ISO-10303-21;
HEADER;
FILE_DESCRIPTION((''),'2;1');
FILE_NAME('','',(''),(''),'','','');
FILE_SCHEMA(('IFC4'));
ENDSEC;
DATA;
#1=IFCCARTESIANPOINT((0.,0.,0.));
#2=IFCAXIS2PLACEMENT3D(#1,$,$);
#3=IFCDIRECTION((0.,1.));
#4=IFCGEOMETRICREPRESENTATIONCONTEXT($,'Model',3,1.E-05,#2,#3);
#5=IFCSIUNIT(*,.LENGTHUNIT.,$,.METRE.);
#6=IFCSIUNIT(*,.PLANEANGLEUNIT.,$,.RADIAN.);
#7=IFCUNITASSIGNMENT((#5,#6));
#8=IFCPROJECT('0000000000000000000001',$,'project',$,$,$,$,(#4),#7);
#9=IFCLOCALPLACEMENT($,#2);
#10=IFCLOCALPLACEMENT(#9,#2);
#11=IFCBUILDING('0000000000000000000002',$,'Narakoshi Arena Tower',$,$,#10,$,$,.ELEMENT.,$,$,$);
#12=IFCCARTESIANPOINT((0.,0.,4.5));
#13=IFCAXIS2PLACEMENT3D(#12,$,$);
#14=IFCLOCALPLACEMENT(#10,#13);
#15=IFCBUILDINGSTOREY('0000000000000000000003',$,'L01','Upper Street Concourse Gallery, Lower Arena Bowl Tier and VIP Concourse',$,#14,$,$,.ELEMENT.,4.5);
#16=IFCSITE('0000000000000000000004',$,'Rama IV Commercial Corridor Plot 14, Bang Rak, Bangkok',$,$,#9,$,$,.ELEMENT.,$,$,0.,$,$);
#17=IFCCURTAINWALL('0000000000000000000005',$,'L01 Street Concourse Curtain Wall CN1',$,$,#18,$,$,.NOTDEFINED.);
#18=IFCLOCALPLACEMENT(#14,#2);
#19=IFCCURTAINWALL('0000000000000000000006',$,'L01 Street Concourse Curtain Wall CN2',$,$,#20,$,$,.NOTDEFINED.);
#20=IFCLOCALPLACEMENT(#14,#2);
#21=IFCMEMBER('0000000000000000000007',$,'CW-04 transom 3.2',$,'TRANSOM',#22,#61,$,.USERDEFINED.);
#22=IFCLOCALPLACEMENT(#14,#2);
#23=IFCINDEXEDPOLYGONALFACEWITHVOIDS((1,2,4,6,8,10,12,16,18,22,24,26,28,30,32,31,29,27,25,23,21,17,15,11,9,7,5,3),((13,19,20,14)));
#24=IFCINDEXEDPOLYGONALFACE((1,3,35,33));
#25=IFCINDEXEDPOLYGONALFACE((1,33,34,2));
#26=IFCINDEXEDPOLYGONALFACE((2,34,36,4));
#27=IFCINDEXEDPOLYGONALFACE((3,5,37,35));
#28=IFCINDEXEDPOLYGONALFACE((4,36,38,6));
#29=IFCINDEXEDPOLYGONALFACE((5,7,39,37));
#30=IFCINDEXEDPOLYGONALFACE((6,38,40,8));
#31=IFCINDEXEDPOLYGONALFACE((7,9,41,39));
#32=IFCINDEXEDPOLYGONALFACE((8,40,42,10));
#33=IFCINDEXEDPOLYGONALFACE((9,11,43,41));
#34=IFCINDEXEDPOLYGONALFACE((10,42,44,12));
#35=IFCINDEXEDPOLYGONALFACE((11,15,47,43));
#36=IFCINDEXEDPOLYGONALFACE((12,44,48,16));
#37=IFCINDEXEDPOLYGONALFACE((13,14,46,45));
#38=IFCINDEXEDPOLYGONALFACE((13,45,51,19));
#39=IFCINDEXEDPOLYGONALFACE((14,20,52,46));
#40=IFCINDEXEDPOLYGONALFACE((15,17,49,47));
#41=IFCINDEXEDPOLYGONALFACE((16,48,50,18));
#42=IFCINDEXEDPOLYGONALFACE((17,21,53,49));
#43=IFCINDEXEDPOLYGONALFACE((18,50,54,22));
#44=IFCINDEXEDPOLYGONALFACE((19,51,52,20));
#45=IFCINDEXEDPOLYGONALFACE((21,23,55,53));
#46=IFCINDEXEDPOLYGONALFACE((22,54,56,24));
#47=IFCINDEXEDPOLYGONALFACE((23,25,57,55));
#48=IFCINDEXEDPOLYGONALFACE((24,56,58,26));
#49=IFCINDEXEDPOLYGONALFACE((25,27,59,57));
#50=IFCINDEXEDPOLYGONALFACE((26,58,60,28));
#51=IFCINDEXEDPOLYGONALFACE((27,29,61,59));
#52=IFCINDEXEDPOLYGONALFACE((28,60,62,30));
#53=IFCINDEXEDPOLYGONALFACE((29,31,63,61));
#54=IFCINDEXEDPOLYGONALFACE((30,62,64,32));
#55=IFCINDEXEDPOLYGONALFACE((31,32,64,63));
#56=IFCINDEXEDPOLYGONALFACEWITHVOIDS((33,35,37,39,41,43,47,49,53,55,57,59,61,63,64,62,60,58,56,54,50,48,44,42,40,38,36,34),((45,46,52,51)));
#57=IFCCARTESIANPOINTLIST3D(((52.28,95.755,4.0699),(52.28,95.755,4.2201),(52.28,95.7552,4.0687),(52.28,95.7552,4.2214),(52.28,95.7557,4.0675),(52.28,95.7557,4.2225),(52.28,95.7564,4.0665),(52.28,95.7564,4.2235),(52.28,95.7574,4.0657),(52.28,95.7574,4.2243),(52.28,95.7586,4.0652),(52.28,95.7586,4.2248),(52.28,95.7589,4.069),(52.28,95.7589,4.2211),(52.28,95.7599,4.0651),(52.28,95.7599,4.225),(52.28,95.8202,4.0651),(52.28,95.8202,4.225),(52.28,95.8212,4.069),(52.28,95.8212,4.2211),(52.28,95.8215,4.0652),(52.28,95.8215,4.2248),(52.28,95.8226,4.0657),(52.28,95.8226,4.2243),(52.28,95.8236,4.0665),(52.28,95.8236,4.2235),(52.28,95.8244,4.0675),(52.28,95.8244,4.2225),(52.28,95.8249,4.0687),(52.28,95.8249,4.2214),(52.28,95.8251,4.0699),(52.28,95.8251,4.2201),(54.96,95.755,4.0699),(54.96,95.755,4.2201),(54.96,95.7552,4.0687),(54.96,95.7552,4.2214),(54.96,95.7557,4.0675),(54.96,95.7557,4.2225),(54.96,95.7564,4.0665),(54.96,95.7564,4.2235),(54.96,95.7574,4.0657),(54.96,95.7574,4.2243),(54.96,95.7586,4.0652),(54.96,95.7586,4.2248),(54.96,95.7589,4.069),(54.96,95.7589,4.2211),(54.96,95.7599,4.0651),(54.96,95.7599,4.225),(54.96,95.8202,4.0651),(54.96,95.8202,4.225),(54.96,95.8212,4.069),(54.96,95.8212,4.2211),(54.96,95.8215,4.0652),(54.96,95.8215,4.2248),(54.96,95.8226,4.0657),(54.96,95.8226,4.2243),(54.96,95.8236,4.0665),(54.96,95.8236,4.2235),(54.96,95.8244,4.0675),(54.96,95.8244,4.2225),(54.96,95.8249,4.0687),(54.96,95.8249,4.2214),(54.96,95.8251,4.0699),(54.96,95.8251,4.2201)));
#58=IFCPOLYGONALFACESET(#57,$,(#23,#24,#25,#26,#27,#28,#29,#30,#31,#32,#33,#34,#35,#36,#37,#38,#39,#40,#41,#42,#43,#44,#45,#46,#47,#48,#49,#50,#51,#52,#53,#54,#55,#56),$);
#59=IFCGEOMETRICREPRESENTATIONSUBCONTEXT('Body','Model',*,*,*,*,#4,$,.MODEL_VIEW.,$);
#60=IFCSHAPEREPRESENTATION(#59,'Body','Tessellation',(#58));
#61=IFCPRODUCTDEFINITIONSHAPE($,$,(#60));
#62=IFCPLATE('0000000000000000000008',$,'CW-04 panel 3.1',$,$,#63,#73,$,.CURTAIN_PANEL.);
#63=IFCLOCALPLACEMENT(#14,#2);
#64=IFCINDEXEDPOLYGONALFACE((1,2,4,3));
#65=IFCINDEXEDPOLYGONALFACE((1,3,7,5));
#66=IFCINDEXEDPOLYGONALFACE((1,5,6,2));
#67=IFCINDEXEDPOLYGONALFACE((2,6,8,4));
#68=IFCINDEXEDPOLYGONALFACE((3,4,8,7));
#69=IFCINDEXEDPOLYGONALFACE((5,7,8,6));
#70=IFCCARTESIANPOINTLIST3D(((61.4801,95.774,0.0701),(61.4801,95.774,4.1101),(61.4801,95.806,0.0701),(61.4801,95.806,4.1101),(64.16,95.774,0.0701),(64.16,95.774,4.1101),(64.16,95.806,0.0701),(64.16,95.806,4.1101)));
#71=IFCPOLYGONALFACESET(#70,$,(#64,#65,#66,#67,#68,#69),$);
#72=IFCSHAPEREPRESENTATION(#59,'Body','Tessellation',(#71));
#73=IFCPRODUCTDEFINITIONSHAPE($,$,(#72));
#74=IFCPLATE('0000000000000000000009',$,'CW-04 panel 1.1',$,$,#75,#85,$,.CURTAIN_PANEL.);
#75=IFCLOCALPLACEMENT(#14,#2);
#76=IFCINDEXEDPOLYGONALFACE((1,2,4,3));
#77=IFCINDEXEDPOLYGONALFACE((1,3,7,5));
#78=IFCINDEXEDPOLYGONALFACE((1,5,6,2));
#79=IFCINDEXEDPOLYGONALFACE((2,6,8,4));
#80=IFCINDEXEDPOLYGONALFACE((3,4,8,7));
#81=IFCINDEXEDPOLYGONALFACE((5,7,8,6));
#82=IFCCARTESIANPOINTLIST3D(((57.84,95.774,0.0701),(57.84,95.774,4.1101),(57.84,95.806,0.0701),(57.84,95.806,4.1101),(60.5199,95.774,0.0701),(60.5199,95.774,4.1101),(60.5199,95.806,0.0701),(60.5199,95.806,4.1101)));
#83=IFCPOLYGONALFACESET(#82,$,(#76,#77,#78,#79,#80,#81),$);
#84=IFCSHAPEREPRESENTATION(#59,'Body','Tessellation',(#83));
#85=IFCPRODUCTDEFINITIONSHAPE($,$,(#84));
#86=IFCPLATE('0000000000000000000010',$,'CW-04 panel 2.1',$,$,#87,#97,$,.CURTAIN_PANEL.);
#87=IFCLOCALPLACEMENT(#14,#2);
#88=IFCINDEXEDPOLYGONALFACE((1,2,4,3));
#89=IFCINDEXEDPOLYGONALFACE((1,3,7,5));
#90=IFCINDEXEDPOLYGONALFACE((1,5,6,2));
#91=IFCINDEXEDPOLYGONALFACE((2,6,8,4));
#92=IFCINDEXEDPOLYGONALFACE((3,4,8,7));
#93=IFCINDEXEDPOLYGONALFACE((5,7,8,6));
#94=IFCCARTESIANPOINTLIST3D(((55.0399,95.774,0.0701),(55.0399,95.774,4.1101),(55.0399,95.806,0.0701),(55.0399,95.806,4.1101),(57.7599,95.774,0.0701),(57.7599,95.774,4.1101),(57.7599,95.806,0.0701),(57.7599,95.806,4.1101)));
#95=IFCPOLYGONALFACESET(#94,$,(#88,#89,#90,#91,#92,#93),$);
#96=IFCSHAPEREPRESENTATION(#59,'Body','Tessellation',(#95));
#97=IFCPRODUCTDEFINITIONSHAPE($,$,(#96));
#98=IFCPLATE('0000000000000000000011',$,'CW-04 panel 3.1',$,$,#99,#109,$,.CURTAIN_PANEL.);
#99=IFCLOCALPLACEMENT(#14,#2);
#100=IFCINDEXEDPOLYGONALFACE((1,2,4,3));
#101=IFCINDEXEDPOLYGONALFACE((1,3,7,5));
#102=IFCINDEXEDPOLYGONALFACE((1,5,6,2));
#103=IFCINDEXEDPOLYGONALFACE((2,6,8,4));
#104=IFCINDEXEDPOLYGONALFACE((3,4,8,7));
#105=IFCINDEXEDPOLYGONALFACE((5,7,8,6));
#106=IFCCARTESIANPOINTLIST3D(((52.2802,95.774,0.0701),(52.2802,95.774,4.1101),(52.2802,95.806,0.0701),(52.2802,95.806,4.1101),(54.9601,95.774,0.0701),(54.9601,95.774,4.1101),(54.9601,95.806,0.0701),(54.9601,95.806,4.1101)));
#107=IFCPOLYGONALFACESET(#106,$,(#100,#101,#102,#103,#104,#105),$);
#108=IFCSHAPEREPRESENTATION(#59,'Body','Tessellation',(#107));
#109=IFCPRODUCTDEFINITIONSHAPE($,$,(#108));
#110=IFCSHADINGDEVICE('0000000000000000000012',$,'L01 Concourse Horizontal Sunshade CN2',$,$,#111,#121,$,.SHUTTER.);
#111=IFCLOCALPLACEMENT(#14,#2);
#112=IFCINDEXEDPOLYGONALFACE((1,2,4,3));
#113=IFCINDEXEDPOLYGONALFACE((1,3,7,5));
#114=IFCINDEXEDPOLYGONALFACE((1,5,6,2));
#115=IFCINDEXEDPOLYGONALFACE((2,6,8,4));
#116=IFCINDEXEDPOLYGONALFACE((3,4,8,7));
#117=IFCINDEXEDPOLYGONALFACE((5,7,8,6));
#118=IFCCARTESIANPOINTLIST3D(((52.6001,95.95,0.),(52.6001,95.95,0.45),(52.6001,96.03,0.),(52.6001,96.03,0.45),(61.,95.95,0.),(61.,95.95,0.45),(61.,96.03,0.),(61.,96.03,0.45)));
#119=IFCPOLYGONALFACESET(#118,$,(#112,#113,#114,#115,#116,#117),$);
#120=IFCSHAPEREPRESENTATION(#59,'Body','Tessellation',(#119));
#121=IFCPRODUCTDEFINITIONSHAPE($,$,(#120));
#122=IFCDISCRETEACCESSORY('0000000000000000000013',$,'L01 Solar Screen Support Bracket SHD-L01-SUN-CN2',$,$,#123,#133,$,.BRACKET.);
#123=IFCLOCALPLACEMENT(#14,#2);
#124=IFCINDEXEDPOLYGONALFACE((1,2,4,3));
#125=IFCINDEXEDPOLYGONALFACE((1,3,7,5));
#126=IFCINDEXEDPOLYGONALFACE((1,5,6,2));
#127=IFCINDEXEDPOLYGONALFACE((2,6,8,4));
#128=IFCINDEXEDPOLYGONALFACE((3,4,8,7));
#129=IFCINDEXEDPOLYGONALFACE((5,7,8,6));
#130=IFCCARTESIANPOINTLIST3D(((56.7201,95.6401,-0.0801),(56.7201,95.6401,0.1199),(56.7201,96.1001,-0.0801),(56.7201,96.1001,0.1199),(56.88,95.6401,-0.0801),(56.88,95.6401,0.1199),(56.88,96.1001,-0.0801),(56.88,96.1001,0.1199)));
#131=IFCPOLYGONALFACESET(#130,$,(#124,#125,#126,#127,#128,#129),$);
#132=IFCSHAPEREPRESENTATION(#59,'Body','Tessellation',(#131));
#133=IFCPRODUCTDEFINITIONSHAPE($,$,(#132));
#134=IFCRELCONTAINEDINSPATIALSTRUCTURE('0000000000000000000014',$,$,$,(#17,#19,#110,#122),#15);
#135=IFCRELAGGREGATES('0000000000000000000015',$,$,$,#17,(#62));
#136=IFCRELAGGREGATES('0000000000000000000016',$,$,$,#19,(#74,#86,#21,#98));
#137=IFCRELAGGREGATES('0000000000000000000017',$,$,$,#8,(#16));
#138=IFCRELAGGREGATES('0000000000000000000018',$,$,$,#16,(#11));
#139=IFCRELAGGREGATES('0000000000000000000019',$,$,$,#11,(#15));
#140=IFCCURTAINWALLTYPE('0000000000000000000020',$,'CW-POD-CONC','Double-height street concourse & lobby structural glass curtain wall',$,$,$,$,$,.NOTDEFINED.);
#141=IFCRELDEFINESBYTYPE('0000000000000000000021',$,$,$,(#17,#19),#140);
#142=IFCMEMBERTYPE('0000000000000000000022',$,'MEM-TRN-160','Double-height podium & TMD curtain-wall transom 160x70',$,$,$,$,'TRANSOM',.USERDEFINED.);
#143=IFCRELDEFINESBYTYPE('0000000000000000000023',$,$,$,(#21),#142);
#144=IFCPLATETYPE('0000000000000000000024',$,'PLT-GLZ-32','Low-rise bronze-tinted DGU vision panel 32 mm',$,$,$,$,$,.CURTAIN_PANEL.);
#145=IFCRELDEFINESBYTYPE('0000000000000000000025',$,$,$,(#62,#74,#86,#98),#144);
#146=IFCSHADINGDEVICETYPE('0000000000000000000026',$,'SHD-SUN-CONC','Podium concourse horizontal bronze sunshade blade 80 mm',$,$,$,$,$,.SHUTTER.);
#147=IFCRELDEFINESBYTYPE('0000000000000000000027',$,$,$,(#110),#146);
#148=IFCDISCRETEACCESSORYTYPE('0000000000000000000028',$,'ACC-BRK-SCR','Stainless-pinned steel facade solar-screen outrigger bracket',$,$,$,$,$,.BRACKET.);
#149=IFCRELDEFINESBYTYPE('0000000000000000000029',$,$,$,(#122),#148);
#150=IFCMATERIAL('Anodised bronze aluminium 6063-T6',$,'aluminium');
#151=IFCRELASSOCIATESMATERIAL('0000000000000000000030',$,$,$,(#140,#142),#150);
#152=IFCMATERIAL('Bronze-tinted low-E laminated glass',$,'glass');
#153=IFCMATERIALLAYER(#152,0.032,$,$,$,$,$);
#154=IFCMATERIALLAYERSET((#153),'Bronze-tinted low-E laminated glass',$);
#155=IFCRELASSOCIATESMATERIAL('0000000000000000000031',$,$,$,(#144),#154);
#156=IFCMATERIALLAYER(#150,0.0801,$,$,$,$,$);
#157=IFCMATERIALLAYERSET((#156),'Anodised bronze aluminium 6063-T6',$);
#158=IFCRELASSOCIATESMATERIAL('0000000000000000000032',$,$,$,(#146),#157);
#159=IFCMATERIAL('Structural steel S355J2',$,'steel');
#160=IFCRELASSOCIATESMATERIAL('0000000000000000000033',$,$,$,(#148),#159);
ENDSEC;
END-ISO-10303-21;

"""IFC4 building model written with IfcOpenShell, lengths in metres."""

from ifc_helpers import new_model, si_unit, direction, frame, origin, origin_2d, place, context, subcontext, project, spatial, rectangle, hollow_rectangle, extrude, material, layer, layer_set, material_profile, profile_set, type_object, element, aggregate, save


model = new_model("IFC4")

# Units and contexts
model_context = context("Model", 3, precision=1e-05, world=origin(), true_north=direction((0.0, 1.0)))
body_context = subcontext(model_context, "Body", "Model", "MODEL_VIEW")
ifc_project = project(units=[si_unit("LENGTHUNIT", "METRE"), si_unit("PLANEANGLEUNIT", "RADIAN")], contexts=[model_context])

# Site, building, storey
site_placement = place(None, origin())
site = spatial("IfcSite", under=ifc_project, at=site_placement, Name="Rama IV Commercial Corridor Plot 14, Bang Rak, Bangkok", CompositionType="ELEMENT", RefElevation=0.0)
building_placement = place(site_placement, origin())
building = spatial("IfcBuilding", under=site, at=building_placement, Name="Narakoshi Arena Tower", CompositionType="ELEMENT")
storey_placement = place(building_placement, frame((0.0, 0.0, 4.5)))
storey = spatial("IfcBuildingStorey", under=building, at=storey_placement, Name="L01", Description="Upper Street Concourse Gallery, Lower Arena Bowl Tier and VIP Concourse", CompositionType="ELEMENT", Elevation=4.5)

# Shared definitions
ifc_material_1 = material(Name="Structural steel S355J2", Category="steel")

# Curtain wall
ifc_material_2 = material(Name="Anodised bronze aluminium 6063-T6", Category="aluminium")
curtain_wall_type = type_object("IfcCurtainWallType", Name="CW-POD-CONC", Description="Double-height street concourse & lobby structural glass curtain wall", PredefinedType="NOTDEFINED", material=ifc_material_2)
curtain_wall_1_placement = place(storey_placement, origin())
curtain_wall_1 = element("IfcCurtainWall", 1, at=curtain_wall_1_placement, inside=storey, type_object=curtain_wall_type, Name="L01 Street Concourse Curtain Wall CN1", PredefinedType="NOTDEFINED")

# Curtain wall
curtain_wall_2_placement = place(storey_placement, origin())
curtain_wall_2 = element("IfcCurtainWall", 2, at=curtain_wall_2_placement, inside=storey, type_object=curtain_wall_type, Name="L01 Street Concourse Curtain Wall CN2", PredefinedType="NOTDEFINED")

# Member
ifc_material_profile_1 = material_profile(ifc_material_2, hollow_rectangle(XDim=0.0701, YDim=0.1599, WallThickness=0.0039, OuterFilletRadius=0.0049, at=origin_2d()), Name="TRN160x70x4")
ifc_profile_set_1 = profile_set([ifc_material_profile_1], Name="Anodised bronze aluminium 6063-T6")
member_type_1 = type_object("IfcMemberType", Name="MEM-TRN-160", Description="Double-height podium & TMD curtain-wall transom 160x70", ElementType="TRANSOM", PredefinedType="USERDEFINED", material=ifc_profile_set_1)
member_1_placement = place(storey_placement, frame((54.96, 95.79, 4.145), z_axis=(-1.0, 0.0, 0.0), x_axis=(0.0, -1.0, 0.0)))
member_1 = element("IfcMember", 3, at=member_1_placement, type_object=member_type_1, Name="CW-04 transom 3.2", ObjectType="TRANSOM", PredefinedType="USERDEFINED", context=body_context, shape_type="SweptSolid", body=[
    extrude(hollow_rectangle(XDim=0.0701, YDim=0.1599, WallThickness=0.0039, OuterFilletRadius=0.0049, at=origin_2d()), origin(), (0.0, 0.0, 1.0), 2.6799),
])

# Plates
ifc_material_3 = material(Name="Bronze-tinted low-E laminated glass", Category="glass")
ifc_layer_1 = layer(ifc_material_3, 0.032)
ifc_layer_set_1 = layer_set([ifc_layer_1], Name="Bronze-tinted low-E laminated glass")
plate_type = type_object("IfcPlateType", Name="PLT-GLZ-32", Description="Low-rise bronze-tinted DGU vision panel 32 mm", PredefinedType="CURTAIN_PANEL", material=ifc_layer_set_1)
plate_1_placement = place(storey_placement, frame((62.8201, 95.79, 0.0701), z_axis=(0.0, 0.0, 1.0), x_axis=(-1.0, 0.0, 0.0)))
plate_1 = element("IfcPlate", 4, at=plate_1_placement, type_object=plate_type, Name="CW-04 panel 3.1", PredefinedType="CURTAIN_PANEL", context=body_context, shape_type="SweptSolid", body=[
    extrude(rectangle(XDim=2.6799, YDim=0.032, at=origin_2d()), origin(), (0.0, 0.0, 1.0), 4.04),
])
aggregate(curtain_wall_1, [plate_1])
plate_2_placement = place(storey_placement, frame((59.1799, 95.79, 0.0701), z_axis=(0.0, 0.0, 1.0), x_axis=(-1.0, 0.0, 0.0)))
plate_2 = element("IfcPlate", 5, at=plate_2_placement, type_object=plate_type, Name="CW-04 panel 1.1", PredefinedType="CURTAIN_PANEL", context=body_context, shape_type="SweptSolid", body=[
    extrude(rectangle(XDim=2.6799, YDim=0.032, at=origin_2d()), origin(), (0.0, 0.0, 1.0), 4.04),
])
plate_3_placement = place(storey_placement, frame((56.3999, 95.79, 0.0701), z_axis=(0.0, 0.0, 1.0), x_axis=(-1.0, 0.0, 0.0)))
plate_3 = element("IfcPlate", 6, at=plate_3_placement, type_object=plate_type, Name="CW-04 panel 2.1", PredefinedType="CURTAIN_PANEL", context=body_context, shape_type="SweptSolid", body=[
    extrude(rectangle(XDim=2.72, YDim=0.032, at=origin_2d()), origin(), (0.0, 0.0, 1.0), 4.04),
])
plate_4_placement = place(storey_placement, frame((53.6201, 95.79, 0.0701), z_axis=(0.0, 0.0, 1.0), x_axis=(-1.0, 0.0, 0.0)))
plate_4 = element("IfcPlate", 7, at=plate_4_placement, type_object=plate_type, Name="CW-04 panel 3.1", PredefinedType="CURTAIN_PANEL", context=body_context, shape_type="SweptSolid", body=[
    extrude(rectangle(XDim=2.6799, YDim=0.032, at=origin_2d()), origin(), (0.0, 0.0, 1.0), 4.04),
])
aggregate(curtain_wall_2, [plate_2, plate_3, member_1, plate_4])

# Shading device
ifc_layer_2 = layer(ifc_material_2, 0.0801)
ifc_layer_set_2 = layer_set([ifc_layer_2], Name="Anodised bronze aluminium 6063-T6")
shading_device_type = type_object("IfcShadingDeviceType", Name="SHD-SUN-CONC", Description="Podium concourse horizontal bronze sunshade blade 80 mm", PredefinedType="SHUTTER", material=ifc_layer_set_2)
shading_device_placement = place(storey_placement, frame((56.8, 95.99, 0.0), z_axis=(0.0, 0.0, 1.0), x_axis=(-1.0, 0.0, 0.0)))
element("IfcShadingDevice", 8, at=shading_device_placement, inside=storey, type_object=shading_device_type, Name="L01 Concourse Horizontal Sunshade CN2", PredefinedType="SHUTTER", context=body_context, shape_type="SweptSolid", body=[
    extrude(rectangle(XDim=8.3999, YDim=0.0801, at=origin_2d()), origin(), (0.0, 0.0, 1.0), 0.45),
])

# Discrete accessory
discrete_accessory_type = type_object("IfcDiscreteAccessoryType", Name="ACC-BRK-SCR", Description="Stainless-pinned steel facade solar-screen outrigger bracket", PredefinedType="BRACKET", material=ifc_material_1)
discrete_accessory_placement = place(storey_placement, frame((56.8, 95.8701, -0.0801), z_axis=(0.0, 0.0, 1.0), x_axis=(-1.0, 0.0, 0.0)))
element("IfcDiscreteAccessory", 9, at=discrete_accessory_placement, inside=storey, type_object=discrete_accessory_type, Name="L01 Solar Screen Support Bracket SHD-L01-SUN-CN2", PredefinedType="BRACKET", context=body_context, shape_type="SweptSolid", body=[
    extrude(rectangle(XDim=0.1599, YDim=0.46, at=origin_2d()), origin(), (0.0, 0.0, 1.0), 0.2),
])

save(model, "model.ifc")
